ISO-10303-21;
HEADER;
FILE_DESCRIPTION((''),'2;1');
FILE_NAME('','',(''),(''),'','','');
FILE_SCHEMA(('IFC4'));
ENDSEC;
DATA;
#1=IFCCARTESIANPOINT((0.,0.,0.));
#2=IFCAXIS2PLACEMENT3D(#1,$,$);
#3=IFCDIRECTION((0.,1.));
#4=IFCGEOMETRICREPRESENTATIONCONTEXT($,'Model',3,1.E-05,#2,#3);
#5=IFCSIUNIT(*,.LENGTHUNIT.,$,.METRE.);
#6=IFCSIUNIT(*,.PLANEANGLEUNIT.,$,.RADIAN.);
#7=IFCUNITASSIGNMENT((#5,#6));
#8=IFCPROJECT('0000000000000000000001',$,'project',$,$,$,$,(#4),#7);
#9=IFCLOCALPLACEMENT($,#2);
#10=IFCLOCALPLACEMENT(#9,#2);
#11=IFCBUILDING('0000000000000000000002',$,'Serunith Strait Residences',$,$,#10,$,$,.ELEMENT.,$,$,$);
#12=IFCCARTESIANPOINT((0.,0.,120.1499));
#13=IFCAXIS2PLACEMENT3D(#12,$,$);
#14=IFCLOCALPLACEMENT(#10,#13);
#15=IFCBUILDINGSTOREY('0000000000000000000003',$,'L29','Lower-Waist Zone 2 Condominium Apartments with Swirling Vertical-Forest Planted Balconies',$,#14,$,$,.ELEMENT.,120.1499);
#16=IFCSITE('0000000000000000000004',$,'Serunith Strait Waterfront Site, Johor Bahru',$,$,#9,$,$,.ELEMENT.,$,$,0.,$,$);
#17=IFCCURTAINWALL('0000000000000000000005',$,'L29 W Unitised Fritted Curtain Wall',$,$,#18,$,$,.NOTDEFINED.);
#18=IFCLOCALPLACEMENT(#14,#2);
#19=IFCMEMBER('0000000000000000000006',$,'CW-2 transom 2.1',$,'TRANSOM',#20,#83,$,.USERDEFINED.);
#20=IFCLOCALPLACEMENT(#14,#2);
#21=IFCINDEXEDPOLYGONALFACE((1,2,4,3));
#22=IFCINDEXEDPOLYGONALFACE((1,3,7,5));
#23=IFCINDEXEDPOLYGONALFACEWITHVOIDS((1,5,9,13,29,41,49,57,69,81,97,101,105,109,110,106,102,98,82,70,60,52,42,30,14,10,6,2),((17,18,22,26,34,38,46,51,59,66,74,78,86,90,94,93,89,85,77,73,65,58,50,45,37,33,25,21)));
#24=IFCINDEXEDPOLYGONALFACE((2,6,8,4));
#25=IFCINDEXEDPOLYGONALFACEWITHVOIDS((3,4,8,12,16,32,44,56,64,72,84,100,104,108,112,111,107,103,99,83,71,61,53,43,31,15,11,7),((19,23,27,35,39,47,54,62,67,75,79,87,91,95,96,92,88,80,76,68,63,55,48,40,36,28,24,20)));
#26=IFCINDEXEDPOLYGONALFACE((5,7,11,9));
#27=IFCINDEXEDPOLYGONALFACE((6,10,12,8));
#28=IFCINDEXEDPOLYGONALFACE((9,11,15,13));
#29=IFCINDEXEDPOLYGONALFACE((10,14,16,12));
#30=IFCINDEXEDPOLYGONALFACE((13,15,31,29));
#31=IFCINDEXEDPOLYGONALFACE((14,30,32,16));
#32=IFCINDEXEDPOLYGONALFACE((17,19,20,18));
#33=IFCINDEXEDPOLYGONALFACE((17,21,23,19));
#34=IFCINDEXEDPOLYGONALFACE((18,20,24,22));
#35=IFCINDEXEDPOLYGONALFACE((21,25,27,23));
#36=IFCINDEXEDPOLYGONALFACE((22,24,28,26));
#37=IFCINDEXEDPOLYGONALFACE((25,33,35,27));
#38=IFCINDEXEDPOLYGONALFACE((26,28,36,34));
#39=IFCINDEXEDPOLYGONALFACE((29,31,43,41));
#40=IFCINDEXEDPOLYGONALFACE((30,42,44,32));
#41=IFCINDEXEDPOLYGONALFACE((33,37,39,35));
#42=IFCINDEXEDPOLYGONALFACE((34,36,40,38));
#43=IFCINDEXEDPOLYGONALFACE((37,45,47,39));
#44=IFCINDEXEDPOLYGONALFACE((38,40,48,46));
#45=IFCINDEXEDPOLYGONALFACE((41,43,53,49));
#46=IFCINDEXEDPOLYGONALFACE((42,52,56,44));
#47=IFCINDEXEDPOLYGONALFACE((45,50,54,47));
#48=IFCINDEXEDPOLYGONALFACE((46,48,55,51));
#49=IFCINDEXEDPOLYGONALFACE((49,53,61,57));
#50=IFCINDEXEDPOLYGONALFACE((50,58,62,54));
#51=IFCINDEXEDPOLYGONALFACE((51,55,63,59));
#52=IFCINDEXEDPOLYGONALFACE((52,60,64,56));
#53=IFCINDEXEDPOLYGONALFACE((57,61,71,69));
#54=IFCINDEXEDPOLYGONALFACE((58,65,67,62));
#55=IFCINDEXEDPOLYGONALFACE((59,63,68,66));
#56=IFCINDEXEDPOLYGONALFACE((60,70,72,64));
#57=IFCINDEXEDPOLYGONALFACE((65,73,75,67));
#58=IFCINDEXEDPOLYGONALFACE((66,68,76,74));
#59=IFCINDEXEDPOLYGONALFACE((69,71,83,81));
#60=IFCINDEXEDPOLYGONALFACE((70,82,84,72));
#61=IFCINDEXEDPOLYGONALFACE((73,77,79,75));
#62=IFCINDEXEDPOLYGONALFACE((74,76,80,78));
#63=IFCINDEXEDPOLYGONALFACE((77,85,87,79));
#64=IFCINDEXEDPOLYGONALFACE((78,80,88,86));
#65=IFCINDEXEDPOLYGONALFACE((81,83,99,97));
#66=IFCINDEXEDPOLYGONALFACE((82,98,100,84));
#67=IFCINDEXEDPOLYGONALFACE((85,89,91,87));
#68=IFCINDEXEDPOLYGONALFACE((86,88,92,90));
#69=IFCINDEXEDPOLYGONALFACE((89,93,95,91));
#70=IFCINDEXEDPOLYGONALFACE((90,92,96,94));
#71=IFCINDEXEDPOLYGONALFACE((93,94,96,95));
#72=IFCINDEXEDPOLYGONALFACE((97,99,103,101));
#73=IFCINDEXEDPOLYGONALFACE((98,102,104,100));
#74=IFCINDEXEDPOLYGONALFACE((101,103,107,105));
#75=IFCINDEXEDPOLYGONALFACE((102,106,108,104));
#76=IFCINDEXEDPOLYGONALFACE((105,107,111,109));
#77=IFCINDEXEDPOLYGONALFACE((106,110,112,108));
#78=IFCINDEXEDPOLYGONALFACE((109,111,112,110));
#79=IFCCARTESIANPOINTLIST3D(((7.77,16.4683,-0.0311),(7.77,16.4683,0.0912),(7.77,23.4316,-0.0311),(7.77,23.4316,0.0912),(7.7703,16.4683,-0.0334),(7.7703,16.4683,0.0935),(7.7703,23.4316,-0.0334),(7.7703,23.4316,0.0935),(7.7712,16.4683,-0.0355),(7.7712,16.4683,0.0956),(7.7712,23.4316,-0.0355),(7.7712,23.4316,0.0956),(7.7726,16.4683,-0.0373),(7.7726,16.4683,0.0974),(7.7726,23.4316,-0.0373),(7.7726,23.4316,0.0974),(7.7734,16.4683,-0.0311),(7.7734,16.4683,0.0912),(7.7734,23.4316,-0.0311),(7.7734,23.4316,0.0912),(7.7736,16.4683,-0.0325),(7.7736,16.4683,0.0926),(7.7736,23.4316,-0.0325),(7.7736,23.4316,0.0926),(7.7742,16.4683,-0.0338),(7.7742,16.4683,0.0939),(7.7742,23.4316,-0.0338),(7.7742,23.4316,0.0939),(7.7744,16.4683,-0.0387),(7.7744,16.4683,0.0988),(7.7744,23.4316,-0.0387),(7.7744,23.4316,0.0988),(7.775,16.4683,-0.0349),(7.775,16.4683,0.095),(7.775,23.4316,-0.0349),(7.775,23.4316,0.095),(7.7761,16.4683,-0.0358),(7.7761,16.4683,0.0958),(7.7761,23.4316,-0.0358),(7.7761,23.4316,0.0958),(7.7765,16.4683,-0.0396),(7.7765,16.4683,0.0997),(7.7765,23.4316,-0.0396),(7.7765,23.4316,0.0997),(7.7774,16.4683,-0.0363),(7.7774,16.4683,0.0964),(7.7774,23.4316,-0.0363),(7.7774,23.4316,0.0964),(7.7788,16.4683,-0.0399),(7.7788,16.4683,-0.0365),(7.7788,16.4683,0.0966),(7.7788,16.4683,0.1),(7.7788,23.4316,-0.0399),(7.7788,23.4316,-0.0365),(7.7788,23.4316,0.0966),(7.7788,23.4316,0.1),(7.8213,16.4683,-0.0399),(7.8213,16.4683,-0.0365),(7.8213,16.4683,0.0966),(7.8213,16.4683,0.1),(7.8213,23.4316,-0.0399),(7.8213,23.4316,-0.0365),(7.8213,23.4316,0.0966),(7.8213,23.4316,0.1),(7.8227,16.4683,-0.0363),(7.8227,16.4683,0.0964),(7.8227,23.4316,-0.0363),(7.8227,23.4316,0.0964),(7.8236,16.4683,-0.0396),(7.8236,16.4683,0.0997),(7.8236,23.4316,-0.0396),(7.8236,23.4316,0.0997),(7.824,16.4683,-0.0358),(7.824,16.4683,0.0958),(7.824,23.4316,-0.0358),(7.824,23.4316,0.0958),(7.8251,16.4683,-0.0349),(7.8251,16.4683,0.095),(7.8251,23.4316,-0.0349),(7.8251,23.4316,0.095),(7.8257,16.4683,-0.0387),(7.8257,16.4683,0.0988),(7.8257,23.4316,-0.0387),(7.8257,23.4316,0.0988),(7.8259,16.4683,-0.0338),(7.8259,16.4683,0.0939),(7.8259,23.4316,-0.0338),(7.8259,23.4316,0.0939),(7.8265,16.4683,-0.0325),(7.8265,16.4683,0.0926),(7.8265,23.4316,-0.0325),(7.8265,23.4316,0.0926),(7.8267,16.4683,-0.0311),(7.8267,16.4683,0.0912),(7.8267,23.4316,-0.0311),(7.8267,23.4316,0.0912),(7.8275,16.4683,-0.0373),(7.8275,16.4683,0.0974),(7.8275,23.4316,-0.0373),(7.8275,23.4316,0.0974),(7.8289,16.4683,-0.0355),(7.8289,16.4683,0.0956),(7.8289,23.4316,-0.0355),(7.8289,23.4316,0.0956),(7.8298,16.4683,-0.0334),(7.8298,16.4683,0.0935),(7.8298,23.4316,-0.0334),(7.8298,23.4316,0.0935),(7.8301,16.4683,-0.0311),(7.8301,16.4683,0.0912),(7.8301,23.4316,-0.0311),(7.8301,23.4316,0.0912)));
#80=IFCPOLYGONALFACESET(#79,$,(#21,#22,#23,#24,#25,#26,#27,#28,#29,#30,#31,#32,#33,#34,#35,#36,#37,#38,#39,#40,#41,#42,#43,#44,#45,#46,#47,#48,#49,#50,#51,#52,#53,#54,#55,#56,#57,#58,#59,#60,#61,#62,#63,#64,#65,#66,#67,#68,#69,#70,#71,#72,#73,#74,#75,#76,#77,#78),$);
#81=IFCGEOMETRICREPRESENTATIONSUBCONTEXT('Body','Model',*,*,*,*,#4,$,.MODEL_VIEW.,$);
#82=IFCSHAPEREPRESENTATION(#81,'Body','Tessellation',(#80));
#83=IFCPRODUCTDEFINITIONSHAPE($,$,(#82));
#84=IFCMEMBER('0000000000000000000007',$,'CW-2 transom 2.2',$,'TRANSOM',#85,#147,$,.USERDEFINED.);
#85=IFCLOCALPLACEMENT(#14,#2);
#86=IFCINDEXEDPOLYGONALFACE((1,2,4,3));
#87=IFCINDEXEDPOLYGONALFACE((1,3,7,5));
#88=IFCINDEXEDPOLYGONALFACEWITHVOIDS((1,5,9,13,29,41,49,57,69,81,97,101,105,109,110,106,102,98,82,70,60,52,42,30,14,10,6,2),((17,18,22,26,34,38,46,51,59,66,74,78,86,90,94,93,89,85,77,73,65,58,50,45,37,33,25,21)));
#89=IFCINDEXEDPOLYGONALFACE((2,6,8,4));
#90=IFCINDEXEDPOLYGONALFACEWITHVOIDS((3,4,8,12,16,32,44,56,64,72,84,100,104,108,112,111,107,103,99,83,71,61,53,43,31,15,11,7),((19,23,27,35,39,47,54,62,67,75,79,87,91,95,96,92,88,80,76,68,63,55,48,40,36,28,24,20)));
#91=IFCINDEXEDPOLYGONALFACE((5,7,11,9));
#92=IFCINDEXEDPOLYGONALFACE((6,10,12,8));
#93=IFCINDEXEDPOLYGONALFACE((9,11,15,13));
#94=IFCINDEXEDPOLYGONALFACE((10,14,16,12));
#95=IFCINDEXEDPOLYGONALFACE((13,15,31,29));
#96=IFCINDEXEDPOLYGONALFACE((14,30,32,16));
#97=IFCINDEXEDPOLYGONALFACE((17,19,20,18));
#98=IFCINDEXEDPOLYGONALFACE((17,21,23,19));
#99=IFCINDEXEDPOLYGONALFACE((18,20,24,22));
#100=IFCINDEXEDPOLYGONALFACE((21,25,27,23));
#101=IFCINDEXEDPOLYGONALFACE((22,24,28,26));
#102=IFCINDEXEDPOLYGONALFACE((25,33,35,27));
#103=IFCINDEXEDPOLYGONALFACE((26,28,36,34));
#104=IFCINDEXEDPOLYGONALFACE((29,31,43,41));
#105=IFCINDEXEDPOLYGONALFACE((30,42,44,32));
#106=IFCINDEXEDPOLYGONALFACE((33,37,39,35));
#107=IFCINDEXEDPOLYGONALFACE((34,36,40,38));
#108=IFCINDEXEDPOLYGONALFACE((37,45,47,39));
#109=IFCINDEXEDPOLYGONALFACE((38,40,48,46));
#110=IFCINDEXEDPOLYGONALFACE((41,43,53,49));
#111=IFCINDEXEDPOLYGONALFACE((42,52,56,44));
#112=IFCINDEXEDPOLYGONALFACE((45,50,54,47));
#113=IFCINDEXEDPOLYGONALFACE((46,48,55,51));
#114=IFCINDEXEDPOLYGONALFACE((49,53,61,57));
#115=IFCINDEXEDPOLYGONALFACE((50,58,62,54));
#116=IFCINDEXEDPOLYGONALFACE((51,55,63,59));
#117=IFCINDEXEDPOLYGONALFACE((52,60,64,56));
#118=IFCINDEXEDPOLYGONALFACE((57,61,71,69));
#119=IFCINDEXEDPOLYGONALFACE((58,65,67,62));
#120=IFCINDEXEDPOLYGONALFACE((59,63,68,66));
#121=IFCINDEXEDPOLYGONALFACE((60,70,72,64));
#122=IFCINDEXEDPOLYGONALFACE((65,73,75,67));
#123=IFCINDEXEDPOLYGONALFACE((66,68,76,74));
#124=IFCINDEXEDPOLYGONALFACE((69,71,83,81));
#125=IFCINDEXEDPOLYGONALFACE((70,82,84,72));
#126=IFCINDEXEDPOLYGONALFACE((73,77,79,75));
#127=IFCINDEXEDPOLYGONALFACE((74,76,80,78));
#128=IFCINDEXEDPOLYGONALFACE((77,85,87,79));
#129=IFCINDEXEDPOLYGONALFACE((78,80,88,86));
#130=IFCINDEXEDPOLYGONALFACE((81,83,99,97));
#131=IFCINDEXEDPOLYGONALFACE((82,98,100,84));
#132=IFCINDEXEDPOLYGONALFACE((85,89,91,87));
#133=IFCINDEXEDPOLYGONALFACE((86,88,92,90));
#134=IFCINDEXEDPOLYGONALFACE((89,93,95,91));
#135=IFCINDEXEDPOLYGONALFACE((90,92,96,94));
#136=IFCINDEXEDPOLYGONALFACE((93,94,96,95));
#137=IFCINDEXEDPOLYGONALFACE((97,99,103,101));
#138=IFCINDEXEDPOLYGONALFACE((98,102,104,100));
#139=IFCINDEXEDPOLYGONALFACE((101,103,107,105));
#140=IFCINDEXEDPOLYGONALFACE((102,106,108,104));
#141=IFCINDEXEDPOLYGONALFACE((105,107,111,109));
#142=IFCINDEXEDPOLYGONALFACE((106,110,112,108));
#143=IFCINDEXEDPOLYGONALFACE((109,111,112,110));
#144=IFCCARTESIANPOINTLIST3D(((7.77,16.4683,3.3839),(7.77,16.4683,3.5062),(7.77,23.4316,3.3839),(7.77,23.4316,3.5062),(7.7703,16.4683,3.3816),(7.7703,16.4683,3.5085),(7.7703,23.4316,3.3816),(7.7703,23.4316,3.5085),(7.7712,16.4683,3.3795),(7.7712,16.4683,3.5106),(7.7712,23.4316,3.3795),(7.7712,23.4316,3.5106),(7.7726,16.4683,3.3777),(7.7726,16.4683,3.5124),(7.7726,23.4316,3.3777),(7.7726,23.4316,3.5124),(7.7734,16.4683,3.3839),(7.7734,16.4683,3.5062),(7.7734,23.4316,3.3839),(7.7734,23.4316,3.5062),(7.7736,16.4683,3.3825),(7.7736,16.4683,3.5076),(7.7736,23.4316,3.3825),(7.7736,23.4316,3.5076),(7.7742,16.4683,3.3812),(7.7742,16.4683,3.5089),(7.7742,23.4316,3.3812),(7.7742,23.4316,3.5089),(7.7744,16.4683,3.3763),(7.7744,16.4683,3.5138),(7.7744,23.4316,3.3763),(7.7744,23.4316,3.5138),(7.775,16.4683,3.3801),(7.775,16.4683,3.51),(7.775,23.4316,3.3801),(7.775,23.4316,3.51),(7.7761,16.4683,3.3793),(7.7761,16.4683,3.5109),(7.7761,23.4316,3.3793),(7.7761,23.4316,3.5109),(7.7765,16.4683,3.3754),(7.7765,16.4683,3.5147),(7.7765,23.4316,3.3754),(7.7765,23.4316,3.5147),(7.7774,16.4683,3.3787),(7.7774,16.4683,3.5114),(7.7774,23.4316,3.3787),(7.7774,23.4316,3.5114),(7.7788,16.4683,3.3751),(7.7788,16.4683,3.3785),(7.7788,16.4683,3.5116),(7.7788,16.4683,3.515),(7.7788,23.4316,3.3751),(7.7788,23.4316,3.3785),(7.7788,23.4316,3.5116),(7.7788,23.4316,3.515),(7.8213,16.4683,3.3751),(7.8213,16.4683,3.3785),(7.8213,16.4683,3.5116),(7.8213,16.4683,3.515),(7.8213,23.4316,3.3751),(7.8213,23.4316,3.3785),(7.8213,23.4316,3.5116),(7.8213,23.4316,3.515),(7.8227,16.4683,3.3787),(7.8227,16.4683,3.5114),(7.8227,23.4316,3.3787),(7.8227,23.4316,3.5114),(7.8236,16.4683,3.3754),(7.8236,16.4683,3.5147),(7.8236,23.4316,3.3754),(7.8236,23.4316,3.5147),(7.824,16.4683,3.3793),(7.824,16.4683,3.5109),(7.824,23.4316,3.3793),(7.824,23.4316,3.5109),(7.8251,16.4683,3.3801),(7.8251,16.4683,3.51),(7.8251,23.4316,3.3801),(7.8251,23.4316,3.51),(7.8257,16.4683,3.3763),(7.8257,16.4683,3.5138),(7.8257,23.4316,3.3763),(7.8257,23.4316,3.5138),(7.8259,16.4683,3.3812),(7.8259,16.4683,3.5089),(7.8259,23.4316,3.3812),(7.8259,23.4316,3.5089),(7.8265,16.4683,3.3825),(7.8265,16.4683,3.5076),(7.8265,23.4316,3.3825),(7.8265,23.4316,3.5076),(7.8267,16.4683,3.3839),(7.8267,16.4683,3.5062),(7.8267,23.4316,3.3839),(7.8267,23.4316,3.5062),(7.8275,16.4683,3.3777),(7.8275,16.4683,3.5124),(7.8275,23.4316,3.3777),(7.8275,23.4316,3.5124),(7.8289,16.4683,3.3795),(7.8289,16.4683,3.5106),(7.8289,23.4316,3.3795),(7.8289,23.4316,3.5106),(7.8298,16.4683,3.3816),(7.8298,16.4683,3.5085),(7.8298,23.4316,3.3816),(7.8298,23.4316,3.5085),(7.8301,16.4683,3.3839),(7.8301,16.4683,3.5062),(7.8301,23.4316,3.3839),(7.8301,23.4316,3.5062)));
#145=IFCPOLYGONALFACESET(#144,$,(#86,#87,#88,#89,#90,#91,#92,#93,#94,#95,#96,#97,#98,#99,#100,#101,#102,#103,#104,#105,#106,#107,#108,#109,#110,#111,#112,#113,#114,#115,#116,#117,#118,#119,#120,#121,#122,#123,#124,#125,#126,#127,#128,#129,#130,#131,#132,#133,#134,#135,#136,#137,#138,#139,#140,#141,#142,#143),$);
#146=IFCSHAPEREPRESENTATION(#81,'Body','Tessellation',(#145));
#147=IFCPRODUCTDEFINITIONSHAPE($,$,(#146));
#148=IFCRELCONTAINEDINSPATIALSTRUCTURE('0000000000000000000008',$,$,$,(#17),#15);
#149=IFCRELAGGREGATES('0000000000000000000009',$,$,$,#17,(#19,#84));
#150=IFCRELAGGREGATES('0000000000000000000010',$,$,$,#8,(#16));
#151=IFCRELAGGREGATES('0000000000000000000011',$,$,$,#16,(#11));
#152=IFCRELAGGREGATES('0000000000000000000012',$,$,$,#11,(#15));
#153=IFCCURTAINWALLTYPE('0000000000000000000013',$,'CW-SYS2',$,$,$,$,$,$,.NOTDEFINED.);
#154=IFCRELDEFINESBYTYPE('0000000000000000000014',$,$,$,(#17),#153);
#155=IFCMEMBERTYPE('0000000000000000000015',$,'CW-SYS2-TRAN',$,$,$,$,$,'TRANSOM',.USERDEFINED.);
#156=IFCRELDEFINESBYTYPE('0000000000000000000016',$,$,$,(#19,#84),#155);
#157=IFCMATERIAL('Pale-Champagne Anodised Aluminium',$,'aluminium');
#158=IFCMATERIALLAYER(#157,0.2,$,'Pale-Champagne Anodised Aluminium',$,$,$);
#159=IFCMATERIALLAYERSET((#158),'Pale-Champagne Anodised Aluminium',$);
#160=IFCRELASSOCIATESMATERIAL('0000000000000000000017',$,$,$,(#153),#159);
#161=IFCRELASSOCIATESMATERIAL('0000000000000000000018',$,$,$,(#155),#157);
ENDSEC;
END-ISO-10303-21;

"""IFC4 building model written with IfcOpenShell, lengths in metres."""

from ifc_helpers import new_model, si_unit, direction, frame, origin, origin_2d, place, context, subcontext, project, spatial, hollow_rectangle, extrude, source, transform, mapped, material, layer, layer_set, material_profile, profile_set, type_object, element, aggregate, save


model = new_model("IFC4")

# Units and contexts
model_context = context("Model", 3, precision=1e-05, world=origin(), true_north=direction((0.0, 1.0)))
body_context = subcontext(model_context, "Body", "Model", "MODEL_VIEW")
ifc_project = project(units=[si_unit("LENGTHUNIT", "METRE"), si_unit("PLANEANGLEUNIT", "RADIAN")], contexts=[model_context])

# Site, building, storey
site_placement = place(None, origin())
site = spatial("IfcSite", under=ifc_project, at=site_placement, Name="Serunith Strait Waterfront Site, Johor Bahru", CompositionType="ELEMENT", RefElevation=0.0)
building_placement = place(site_placement, origin())
building = spatial("IfcBuilding", under=site, at=building_placement, Name="Serunith Strait Residences", CompositionType="ELEMENT")
storey_placement = place(building_placement, frame((0.0, 0.0, 120.1499)))
storey = spatial("IfcBuildingStorey", under=building, at=storey_placement, Name="L29", Description="Lower-Waist Zone 2 Condominium Apartments with Swirling Vertical-Forest Planted Balconies", CompositionType="ELEMENT", Elevation=120.1499)

# Curtain wall, members
ifc_material_1 = material(Name="Pale-Champagne Anodised Aluminium", Category="aluminium")
ifc_layer_1 = layer(ifc_material_1, 0.2, Name="Pale-Champagne Anodised Aluminium")
ifc_layer_set_1 = layer_set([ifc_layer_1], Name="Pale-Champagne Anodised Aluminium")
curtain_wall_type = type_object("IfcCurtainWallType", Name="CW-SYS2", PredefinedType="NOTDEFINED", material=ifc_layer_set_1)
curtain_wall_placement = place(storey_placement, origin())
curtain_wall = element("IfcCurtainWall", 1, at=curtain_wall_placement, inside=storey, type_object=curtain_wall_type, Name="L29 W Unitised Fritted Curtain Wall", PredefinedType="NOTDEFINED")
ifc_material_profile_1 = material_profile(ifc_material_1, hollow_rectangle(XDim=0.0601, YDim=0.1399, WallThickness=0.0034, InnerFilletRadius=0.0054, OuterFilletRadius=0.0088, at=origin_2d()), Name="ALU 140x60x3.5")
ifc_profile_set_1 = profile_set([ifc_material_profile_1], Name="Pale-Champagne Anodised Aluminium")
member_type_1 = type_object("IfcMemberType", Name="CW-SYS2-TRAN", ElementType="TRANSOM", PredefinedType="USERDEFINED", material=ifc_profile_set_1)
shared_shape_1 = source(origin(), body_context, "Body", "SweptSolid", [
    extrude(hollow_rectangle(XDim=0.0601, YDim=0.1399, WallThickness=0.0034, InnerFilletRadius=0.0054, OuterFilletRadius=0.0088, at=origin_2d()), origin(), (0.0, 0.0, 1.0), 6.9634),
])
member_1_placement = place(storey_placement, frame((7.8, 23.4316, 0.03), z_axis=(0.0, -1.0, 0.0), x_axis=(1.0, 0.0, 0.0)))
member_1 = element("IfcMember", 2, at=member_1_placement, type_object=member_type_1, Name="CW-2 transom 2.1", ObjectType="TRANSOM", PredefinedType="USERDEFINED", context=body_context, shape_type="MappedRepresentation", body=[
    mapped(shared_shape_1, transform((0.0, 0.0, 0.0), scale=1.0)),
])
member_2_placement = place(storey_placement, frame((7.8, 23.4316, 3.4451), z_axis=(0.0, -1.0, 0.0), x_axis=(1.0, 0.0, 0.0)))
member_2 = element("IfcMember", 3, at=member_2_placement, type_object=member_type_1, Name="CW-2 transom 2.2", ObjectType="TRANSOM", PredefinedType="USERDEFINED", context=body_context, shape_type="MappedRepresentation", body=[
    mapped(shared_shape_1, transform((0.0, 0.0, 0.0), scale=1.0)),
])
aggregate(curtain_wall, [member_1, member_2])

save(model, "model.ifc")
